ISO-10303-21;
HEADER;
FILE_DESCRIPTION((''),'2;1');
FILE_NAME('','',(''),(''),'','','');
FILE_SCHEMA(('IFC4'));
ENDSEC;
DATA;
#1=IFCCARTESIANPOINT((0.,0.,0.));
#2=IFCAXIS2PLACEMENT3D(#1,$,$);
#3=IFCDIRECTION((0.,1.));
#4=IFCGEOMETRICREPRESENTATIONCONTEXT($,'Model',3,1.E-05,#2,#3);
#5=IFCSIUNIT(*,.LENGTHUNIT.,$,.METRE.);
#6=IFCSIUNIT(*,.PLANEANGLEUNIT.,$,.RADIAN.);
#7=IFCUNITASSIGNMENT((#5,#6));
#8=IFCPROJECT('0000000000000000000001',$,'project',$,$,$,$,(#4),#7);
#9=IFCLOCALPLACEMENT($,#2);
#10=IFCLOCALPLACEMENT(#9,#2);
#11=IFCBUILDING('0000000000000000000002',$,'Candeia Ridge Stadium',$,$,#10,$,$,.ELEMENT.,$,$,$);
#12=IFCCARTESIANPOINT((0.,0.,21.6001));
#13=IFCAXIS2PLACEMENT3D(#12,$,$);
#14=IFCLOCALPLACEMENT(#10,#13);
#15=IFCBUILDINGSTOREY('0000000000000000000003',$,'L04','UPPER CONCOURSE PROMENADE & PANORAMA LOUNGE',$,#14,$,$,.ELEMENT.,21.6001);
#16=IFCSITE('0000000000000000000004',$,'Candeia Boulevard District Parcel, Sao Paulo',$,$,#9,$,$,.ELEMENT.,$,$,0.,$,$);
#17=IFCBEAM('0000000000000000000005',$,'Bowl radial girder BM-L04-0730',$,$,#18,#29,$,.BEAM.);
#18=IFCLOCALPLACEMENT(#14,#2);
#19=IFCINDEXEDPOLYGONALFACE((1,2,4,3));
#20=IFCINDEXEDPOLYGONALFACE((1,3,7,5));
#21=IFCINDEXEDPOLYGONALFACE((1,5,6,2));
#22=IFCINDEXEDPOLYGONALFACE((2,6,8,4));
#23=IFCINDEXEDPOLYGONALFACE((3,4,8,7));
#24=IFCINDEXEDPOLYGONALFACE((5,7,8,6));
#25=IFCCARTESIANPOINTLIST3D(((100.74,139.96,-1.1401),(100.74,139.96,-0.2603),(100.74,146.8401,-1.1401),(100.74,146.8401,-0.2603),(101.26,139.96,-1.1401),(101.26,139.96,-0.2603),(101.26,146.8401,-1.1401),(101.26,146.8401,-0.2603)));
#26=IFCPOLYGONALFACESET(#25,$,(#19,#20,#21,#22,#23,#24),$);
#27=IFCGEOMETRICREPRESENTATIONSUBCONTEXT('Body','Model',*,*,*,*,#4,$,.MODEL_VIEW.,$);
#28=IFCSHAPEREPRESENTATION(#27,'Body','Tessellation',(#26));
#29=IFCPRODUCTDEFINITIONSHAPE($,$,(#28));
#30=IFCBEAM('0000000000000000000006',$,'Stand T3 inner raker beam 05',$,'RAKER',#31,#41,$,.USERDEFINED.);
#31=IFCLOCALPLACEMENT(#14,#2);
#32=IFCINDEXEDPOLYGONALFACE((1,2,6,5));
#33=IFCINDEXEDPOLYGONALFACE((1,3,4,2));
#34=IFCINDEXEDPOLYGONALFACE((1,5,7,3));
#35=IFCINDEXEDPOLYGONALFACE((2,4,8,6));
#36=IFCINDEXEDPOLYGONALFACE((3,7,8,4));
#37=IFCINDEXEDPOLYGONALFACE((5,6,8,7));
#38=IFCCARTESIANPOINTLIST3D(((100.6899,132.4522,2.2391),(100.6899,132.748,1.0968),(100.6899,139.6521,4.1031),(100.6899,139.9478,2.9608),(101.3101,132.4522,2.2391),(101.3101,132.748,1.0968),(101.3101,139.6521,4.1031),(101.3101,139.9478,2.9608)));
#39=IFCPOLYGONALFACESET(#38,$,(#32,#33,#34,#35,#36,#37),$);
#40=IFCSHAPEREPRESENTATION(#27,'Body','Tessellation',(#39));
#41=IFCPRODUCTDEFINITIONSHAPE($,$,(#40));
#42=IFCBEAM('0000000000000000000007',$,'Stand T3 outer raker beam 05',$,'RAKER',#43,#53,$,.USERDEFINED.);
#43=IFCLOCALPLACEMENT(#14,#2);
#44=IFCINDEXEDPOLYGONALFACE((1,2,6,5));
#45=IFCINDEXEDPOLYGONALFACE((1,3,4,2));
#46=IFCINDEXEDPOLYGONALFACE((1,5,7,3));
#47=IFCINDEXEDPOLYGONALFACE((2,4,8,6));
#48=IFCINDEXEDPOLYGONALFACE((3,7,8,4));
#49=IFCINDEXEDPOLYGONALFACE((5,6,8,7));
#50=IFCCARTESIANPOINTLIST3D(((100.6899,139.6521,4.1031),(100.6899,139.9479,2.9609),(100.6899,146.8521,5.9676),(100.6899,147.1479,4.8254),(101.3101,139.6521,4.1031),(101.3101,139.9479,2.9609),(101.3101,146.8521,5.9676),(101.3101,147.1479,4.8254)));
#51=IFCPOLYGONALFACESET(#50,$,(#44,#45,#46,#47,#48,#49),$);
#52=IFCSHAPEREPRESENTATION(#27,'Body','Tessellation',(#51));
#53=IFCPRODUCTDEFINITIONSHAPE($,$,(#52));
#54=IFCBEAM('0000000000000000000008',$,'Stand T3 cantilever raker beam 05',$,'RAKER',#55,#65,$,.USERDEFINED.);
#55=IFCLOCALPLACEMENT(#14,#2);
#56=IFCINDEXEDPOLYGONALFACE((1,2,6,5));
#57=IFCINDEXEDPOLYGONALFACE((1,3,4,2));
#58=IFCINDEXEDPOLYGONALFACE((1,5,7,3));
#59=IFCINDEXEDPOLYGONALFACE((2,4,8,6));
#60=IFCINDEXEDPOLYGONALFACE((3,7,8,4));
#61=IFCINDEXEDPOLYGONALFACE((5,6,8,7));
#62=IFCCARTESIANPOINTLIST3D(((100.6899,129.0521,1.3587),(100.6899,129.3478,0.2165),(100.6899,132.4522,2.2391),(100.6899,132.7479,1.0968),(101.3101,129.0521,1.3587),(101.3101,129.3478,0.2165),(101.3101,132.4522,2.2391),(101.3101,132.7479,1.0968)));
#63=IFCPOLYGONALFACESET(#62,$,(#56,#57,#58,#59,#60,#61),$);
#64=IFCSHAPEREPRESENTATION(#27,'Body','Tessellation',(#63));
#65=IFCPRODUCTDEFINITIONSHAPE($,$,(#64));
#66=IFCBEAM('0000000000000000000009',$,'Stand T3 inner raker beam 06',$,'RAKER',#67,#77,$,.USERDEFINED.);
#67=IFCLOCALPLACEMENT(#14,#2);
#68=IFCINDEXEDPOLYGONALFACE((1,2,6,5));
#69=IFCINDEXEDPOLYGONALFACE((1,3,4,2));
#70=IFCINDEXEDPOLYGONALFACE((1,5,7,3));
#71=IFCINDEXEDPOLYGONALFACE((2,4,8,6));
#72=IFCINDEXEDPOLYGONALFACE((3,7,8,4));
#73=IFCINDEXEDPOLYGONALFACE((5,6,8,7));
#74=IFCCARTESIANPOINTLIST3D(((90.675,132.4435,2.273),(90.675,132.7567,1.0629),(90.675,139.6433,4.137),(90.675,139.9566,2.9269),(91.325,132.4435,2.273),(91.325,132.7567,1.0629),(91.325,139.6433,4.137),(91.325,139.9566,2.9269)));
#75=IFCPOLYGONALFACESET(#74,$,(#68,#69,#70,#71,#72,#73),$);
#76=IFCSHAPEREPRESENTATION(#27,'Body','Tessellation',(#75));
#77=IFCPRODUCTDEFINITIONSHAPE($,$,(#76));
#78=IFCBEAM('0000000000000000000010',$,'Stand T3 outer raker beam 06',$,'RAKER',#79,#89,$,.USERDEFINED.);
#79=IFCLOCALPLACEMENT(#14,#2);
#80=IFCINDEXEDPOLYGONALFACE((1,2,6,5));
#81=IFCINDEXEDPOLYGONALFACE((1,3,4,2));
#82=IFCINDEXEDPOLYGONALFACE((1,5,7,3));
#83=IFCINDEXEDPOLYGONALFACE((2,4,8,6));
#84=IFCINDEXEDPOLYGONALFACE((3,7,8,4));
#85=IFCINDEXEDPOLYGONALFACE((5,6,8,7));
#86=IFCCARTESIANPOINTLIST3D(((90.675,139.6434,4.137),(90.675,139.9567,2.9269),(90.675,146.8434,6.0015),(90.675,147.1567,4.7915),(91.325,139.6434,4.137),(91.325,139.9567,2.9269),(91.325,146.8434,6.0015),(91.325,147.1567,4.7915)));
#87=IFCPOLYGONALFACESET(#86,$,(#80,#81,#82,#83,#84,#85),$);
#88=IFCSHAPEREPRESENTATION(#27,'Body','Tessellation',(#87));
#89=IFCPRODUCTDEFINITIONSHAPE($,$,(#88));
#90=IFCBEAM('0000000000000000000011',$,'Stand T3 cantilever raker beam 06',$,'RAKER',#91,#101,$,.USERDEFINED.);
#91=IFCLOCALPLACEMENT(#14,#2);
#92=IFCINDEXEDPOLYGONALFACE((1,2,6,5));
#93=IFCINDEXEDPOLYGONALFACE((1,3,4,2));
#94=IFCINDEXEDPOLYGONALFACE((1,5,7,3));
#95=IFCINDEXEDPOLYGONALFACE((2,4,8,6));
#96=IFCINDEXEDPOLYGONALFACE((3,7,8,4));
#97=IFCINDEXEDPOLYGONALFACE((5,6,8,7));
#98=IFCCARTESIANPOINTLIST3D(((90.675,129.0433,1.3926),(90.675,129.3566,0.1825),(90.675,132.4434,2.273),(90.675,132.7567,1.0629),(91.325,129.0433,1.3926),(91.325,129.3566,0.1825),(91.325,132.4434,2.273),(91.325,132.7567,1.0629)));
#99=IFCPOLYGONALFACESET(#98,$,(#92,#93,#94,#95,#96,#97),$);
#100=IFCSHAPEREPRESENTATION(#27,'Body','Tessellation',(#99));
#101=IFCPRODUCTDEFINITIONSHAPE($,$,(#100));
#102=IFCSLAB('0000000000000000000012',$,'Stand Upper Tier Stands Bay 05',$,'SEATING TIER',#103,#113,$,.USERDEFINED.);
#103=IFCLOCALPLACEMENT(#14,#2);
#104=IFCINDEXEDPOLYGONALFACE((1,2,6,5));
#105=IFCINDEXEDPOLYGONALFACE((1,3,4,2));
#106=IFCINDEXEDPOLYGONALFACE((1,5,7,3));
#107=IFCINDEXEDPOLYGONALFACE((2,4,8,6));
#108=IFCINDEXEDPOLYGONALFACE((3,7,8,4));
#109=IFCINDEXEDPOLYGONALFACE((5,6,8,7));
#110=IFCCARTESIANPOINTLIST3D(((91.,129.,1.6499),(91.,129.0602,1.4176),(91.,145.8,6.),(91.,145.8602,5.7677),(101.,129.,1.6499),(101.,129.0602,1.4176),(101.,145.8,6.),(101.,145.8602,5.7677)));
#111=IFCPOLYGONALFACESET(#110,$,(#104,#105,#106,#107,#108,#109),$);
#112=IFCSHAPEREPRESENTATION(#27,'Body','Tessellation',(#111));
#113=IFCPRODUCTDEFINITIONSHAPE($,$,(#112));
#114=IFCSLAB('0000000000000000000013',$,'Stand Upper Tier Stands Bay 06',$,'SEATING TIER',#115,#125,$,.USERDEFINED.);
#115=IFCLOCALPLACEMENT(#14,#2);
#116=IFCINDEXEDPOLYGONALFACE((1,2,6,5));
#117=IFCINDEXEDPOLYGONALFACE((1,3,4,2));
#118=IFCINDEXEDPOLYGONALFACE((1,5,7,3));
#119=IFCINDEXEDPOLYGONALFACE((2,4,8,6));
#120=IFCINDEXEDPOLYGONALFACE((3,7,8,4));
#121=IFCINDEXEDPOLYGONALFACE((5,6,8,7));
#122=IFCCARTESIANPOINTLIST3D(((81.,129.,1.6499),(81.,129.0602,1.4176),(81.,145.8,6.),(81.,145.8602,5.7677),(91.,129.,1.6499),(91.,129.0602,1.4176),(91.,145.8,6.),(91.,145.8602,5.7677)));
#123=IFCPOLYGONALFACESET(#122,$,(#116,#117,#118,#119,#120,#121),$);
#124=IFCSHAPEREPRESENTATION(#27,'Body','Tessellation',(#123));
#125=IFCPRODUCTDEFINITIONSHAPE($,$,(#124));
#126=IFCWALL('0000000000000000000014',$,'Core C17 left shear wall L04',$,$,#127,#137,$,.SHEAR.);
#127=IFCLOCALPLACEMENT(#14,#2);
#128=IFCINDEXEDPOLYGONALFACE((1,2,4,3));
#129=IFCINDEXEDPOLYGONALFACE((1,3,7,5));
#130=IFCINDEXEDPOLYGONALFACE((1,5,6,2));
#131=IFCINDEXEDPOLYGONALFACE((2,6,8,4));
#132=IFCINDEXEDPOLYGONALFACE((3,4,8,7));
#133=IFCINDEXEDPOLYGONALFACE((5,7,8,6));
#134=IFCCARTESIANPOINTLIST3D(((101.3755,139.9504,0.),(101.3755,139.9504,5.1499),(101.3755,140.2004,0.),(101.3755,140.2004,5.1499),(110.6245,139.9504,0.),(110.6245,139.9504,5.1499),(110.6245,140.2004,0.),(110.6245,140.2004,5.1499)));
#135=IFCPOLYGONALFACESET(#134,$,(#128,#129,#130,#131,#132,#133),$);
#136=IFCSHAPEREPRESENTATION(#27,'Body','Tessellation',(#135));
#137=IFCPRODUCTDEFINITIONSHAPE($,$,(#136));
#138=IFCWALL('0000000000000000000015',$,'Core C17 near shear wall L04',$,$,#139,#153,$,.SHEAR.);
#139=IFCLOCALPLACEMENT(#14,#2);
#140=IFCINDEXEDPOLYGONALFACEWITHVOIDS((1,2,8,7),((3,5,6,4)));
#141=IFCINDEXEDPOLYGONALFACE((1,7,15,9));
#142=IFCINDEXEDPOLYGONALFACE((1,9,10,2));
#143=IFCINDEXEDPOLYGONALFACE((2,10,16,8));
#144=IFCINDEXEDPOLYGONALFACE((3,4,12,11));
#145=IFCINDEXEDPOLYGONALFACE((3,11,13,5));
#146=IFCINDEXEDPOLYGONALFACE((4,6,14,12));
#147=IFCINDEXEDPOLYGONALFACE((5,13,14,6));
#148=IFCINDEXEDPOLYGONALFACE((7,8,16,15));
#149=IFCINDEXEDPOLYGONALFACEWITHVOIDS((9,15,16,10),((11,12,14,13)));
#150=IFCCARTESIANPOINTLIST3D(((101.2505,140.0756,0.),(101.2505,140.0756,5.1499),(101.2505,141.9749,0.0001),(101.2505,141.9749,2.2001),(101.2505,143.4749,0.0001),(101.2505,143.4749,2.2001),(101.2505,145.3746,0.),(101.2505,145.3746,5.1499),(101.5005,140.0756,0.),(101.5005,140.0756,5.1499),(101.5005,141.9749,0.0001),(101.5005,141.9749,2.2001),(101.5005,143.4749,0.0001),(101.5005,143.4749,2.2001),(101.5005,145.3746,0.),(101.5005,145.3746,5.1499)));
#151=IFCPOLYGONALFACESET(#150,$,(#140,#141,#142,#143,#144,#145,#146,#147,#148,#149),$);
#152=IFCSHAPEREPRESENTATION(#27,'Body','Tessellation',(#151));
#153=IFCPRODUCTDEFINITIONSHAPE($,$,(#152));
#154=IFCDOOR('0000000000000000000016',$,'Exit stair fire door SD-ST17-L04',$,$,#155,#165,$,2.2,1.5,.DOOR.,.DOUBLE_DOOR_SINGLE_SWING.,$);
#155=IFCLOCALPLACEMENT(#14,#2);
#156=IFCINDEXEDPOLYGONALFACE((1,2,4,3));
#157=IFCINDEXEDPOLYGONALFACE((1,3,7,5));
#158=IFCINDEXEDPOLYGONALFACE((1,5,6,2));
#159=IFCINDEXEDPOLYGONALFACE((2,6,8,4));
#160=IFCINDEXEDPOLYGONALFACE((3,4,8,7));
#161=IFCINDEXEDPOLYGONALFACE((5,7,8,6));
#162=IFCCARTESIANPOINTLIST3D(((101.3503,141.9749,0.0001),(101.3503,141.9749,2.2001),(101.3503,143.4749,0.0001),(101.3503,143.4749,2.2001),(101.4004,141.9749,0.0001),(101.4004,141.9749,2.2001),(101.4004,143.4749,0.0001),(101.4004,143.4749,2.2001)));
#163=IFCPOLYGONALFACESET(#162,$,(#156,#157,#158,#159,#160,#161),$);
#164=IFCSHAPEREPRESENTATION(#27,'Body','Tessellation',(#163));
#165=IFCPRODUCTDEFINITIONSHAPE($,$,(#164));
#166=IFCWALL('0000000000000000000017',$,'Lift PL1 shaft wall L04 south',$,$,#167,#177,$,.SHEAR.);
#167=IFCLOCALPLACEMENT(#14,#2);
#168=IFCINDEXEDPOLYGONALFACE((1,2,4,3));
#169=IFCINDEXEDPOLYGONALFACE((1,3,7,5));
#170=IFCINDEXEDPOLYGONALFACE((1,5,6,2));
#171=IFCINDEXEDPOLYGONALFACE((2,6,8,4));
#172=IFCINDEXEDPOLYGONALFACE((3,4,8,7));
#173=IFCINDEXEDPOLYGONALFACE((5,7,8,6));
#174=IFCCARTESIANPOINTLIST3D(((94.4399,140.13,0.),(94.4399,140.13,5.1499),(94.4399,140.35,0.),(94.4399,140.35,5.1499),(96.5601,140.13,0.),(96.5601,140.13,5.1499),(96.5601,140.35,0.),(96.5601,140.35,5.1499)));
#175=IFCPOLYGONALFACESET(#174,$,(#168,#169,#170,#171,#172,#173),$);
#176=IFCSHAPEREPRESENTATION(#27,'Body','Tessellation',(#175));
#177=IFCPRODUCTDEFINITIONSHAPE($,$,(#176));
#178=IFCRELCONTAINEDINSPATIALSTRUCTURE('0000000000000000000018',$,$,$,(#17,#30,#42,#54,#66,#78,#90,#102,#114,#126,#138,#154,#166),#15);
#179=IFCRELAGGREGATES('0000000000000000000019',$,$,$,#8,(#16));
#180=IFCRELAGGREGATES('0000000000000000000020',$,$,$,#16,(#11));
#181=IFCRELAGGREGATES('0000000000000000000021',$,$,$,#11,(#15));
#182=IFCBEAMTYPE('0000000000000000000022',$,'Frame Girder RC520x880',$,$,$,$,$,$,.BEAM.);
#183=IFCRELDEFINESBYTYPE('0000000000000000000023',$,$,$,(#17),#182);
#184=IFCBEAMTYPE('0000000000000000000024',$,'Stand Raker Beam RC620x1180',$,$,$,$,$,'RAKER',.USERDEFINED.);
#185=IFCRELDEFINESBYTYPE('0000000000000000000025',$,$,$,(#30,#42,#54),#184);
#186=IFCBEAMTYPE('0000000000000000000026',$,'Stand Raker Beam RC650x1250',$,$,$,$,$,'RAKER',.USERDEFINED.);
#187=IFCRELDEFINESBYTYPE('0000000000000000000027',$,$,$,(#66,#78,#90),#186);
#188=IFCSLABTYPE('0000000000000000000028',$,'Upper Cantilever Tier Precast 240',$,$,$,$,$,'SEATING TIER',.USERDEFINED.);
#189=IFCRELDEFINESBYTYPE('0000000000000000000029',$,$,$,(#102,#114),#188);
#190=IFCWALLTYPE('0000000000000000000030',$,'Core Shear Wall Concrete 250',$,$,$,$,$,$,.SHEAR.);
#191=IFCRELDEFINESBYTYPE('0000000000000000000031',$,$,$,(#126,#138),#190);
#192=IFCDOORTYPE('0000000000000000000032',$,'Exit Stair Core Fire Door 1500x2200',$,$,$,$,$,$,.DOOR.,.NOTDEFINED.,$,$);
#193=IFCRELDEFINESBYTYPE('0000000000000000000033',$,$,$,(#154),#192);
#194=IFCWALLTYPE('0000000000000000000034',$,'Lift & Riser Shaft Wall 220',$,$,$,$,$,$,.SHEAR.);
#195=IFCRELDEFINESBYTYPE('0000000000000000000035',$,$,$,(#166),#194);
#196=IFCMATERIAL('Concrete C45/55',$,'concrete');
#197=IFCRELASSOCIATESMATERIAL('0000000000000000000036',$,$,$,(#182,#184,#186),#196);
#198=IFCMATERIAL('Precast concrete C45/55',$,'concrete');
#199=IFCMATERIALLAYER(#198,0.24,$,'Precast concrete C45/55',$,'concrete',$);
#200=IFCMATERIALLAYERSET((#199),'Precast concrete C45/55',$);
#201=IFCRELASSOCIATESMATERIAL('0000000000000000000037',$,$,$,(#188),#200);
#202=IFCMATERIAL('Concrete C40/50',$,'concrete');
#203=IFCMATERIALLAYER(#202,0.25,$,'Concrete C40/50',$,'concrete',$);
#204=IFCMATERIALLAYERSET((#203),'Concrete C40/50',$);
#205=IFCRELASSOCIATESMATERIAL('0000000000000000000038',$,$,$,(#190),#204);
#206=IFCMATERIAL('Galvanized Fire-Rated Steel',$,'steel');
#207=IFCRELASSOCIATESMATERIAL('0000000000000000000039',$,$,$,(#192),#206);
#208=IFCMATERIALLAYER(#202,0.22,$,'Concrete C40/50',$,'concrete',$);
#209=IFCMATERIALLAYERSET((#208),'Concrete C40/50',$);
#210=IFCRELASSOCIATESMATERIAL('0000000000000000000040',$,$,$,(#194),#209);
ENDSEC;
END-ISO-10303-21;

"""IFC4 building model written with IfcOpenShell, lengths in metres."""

from ifc_helpers import new_model, si_unit, direction, frame, frame_2d, origin, origin_2d, place, context, subcontext, project, spatial, polyline, rectangle, outline, extrude, material, layer, layer_set, material_profile, profile_set, type_object, element, fill, save


model = new_model("IFC4")

# Units and contexts
model_context = context("Model", 3, precision=1e-05, world=origin(), true_north=direction((0.0, 1.0)))
body_context = subcontext(model_context, "Body", "Model", "MODEL_VIEW")
ifc_project = project(units=[si_unit("LENGTHUNIT", "METRE"), si_unit("PLANEANGLEUNIT", "RADIAN")], contexts=[model_context])

# Site, building, storey
site_placement = place(None, origin())
site = spatial("IfcSite", under=ifc_project, at=site_placement, Name="Candeia Boulevard District Parcel, Sao Paulo", CompositionType="ELEMENT", RefElevation=0.0)
building_placement = place(site_placement, origin())
building = spatial("IfcBuilding", under=site, at=building_placement, Name="Candeia Ridge Stadium", CompositionType="ELEMENT")
storey_placement = place(building_placement, frame((0.0, 0.0, 21.6001)))
storey = spatial("IfcBuildingStorey", under=building, at=storey_placement, Name="L04", Description="UPPER CONCOURSE PROMENADE & PANORAMA LOUNGE", CompositionType="ELEMENT", Elevation=21.6001)

# Shared definitions
ifc_material_1 = material(Name="Concrete C45/55", Category="concrete")

# Beams
ifc_material_2 = material(Name="Concrete C40/50", Category="concrete")
ifc_material_profile_1 = material_profile(ifc_material_1, rectangle(XDim=0.52, YDim=0.8799, at=origin_2d()), Name="RC520x880", Category="concrete")
ifc_profile_set_1 = profile_set([ifc_material_profile_1], Name="Concrete C45/55")
beam_type_1 = type_object("IfcBeamType", Name="Frame Girder RC520x880", PredefinedType="BEAM", material=ifc_profile_set_1)
beam_1_placement = place(storey_placement, frame((101.0, 139.96, -0.7002), z_axis=(0.0, 1.0, 0.0), x_axis=(-1.0, 0.0, 0.0)))
element("IfcBeam", 1, at=beam_1_placement, inside=storey, type_object=beam_type_1, Name="Bowl radial girder BM-L04-0730", PredefinedType="BEAM", context=body_context, shape_type="SweptSolid", body=[
    extrude(rectangle(XDim=0.52, YDim=0.8799, at=origin_2d()), origin(), (0.0, 0.0, 1.0), 6.8801),
])
ifc_material_profile_2 = material_profile(ifc_material_1, rectangle(XDim=0.6201, YDim=1.1799, at=origin_2d()), Name="RC620x1180", Category="concrete")
ifc_profile_set_2 = profile_set([ifc_material_profile_2], Name="Concrete C45/55")
beam_type_2 = type_object("IfcBeamType", Name="Stand Raker Beam RC620x1180", ElementType="RAKER", PredefinedType="USERDEFINED", material=ifc_profile_set_2)
beam_2_placement = place(storey_placement, frame((101.0, 132.6001, 1.668), z_axis=(0.0, 0.968083, 0.250629), x_axis=(-1.0, 0.0, 0.0)))
element("IfcBeam", 2, at=beam_2_placement, inside=storey, type_object=beam_type_2, Name="Stand T3 inner raker beam 05", ObjectType="RAKER", PredefinedType="USERDEFINED", context=body_context, shape_type="SweptSolid", body=[
    extrude(rectangle(XDim=0.6201, YDim=1.1799, at=origin_2d()), origin(), (0.0, 0.0, 1.0), 7.4373),
])
beam_3_placement = place(storey_placement, frame((101.0, 139.8, 3.532), z_axis=(0.0, 0.968067, 0.250691), x_axis=(-1.0, 0.0, 0.0)))
element("IfcBeam", 3, at=beam_3_placement, inside=storey, type_object=beam_type_2, Name="Stand T3 outer raker beam 05", ObjectType="RAKER", PredefinedType="USERDEFINED", context=body_context, shape_type="SweptSolid", body=[
    extrude(rectangle(XDim=0.6201, YDim=1.1799, at=origin_2d()), origin(), (0.0, 0.0, 1.0), 7.4375),
])
beam_4_placement = place(storey_placement, frame((101.0, 129.2, 0.7876), z_axis=(0.0, 0.968076, 0.250656), x_axis=(-1.0, 0.0, 0.0)))
element("IfcBeam", 4, at=beam_4_placement, inside=storey, type_object=beam_type_2, Name="Stand T3 cantilever raker beam 05", ObjectType="RAKER", PredefinedType="USERDEFINED", context=body_context, shape_type="SweptSolid", body=[
    extrude(rectangle(XDim=0.6201, YDim=1.1799, at=origin_2d()), origin(), (0.0, 0.0, 1.0), 3.5122),
])
ifc_material_profile_3 = material_profile(ifc_material_1, rectangle(XDim=0.6499, YDim=1.25, at=origin_2d()), Name="RC650x1250", Category="concrete")
ifc_profile_set_3 = profile_set([ifc_material_profile_3], Name="Concrete C45/55")
beam_type_3 = type_object("IfcBeamType", Name="Stand Raker Beam RC650x1250", ElementType="RAKER", PredefinedType="USERDEFINED", material=ifc_profile_set_3)
beam_5_placement = place(storey_placement, frame((91.0, 132.6001, 1.668), z_axis=(0.0, 0.968083, 0.250629), x_axis=(-1.0, 0.0, 0.0)))
element("IfcBeam", 5, at=beam_5_placement, inside=storey, type_object=beam_type_3, Name="Stand T3 inner raker beam 06", ObjectType="RAKER", PredefinedType="USERDEFINED", context=body_context, shape_type="SweptSolid", body=[
    extrude(rectangle(XDim=0.6499, YDim=1.25, at=origin_2d()), origin(), (0.0, 0.0, 1.0), 7.4373),
])
beam_6_placement = place(storey_placement, frame((91.0, 139.8, 3.532), z_axis=(0.0, 0.968067, 0.250691), x_axis=(-1.0, 0.0, 0.0)))
element("IfcBeam", 6, at=beam_6_placement, inside=storey, type_object=beam_type_3, Name="Stand T3 outer raker beam 06", ObjectType="RAKER", PredefinedType="USERDEFINED", context=body_context, shape_type="SweptSolid", body=[
    extrude(rectangle(XDim=0.6499, YDim=1.25, at=origin_2d()), origin(), (0.0, 0.0, 1.0), 7.4375),
])
beam_7_placement = place(storey_placement, frame((91.0, 129.2, 0.7876), z_axis=(0.0, 0.968076, 0.250656), x_axis=(-1.0, 0.0, 0.0)))
element("IfcBeam", 7, at=beam_7_placement, inside=storey, type_object=beam_type_3, Name="Stand T3 cantilever raker beam 06", ObjectType="RAKER", PredefinedType="USERDEFINED", context=body_context, shape_type="SweptSolid", body=[
    extrude(rectangle(XDim=0.6499, YDim=1.25, at=origin_2d()), origin(), (0.0, 0.0, 1.0), 3.5122),
])

# Slabs
ifc_material_3 = material(Name="Precast concrete C45/55", Category="concrete")
ifc_layer_1 = layer(ifc_material_3, 0.24, Name="Precast concrete C45/55", Category="concrete")
ifc_layer_set_1 = layer_set([ifc_layer_1], Name="Precast concrete C45/55")
slab_type = type_object("IfcSlabType", Name="Upper Cantilever Tier Precast 240", ElementType="SEATING TIER", PredefinedType="USERDEFINED", material=ifc_layer_set_1)
for number, where, z_axis, x_axis, name in (
    (8, (101.0, 129.0, 1.6499), (0.0, -0.250667, 0.968073), (-1.0, 0.0, 0.0), "Stand Upper Tier Stands Bay 05"),
    (9, (91.0, 129.0, 1.6499), (0.0, -0.250667, 0.968073), (-1.0, 0.0, 0.0), "Stand Upper Tier Stands Bay 06"),
):
    element("IfcSlab", number, at=place(storey_placement, frame(where, z_axis=z_axis, x_axis=x_axis)), inside=storey, type_object=slab_type, Name=name, ObjectType="SEATING TIER", PredefinedType="USERDEFINED", context=body_context, shape_type="SweptSolid", body=[
        extrude(outline(polyline([(0.0, 0.0), (10.0, 0.0), (10.0, -17.3541), (0.0, -17.3541), (0.0, 0.0)])), origin(), (0.0, 0.0, -1.0), 0.24),
    ])

# Wall
ifc_layer_2 = layer(ifc_material_2, 0.25, Name="Concrete C40/50", Category="concrete")
ifc_layer_set_2 = layer_set([ifc_layer_2], Name="Concrete C40/50")
wall_type_1 = type_object("IfcWallType", Name="Core Shear Wall Concrete 250", PredefinedType="SHEAR", material=ifc_layer_set_2)
wall_1_placement = place(storey_placement, frame((101.3755, 140.0754, 0.0), z_axis=(0.0, 0.0, 1.0), x_axis=(1.0, 0.0, 0.0)))
element("IfcWall", 10, at=wall_1_placement, inside=storey, type_object=wall_type_1, Name="Core C17 left shear wall L04", PredefinedType="SHEAR", context=body_context, shape_type="SweptSolid", body=[
    extrude(rectangle(XDim=9.249, YDim=0.25, at=frame_2d((4.6245, 0.0))), origin(), (0.0, 0.0, 1.0), 5.1499),
])

# Wall, opening, door
wall_2_placement = place(storey_placement, frame((101.3755, 145.3745, 0.0), z_axis=(0.0, 0.0, 1.0), x_axis=(0.0, -1.0, 0.0)))
wall_2 = element("IfcWall", 11, at=wall_2_placement, inside=storey, type_object=wall_type_1, Name="Core C17 near shear wall L04", PredefinedType="SHEAR", context=body_context, shape_type="SweptSolid", body=[
    extrude(rectangle(XDim=5.2991, YDim=0.25, at=frame_2d((2.6494, 0.0))), origin(), (0.0, 0.0, 1.0), 5.1499),
])
opening_1_placement = place(wall_2_placement, frame((1.8997, 0.0, 0.0)))
opening_1 = element("IfcOpeningElement", 12, at=opening_1_placement, cuts=wall_2, PredefinedType="OPENING", context=body_context, shape_type="SweptSolid", body=[
    extrude(rectangle(XDim=1.5, YDim=2.2, at=frame_2d((0.75, 1.1001))), frame((0.0, 0.135, 0.0), z_axis=(0.0, -1.0, 0.0), x_axis=(1.0, 0.0, 0.0)), (0.0, 0.0, 1.0), 0.27),
])
ifc_material_4 = material(Name="Galvanized Fire-Rated Steel", Category="steel")
door_type_1 = type_object("IfcDoorType", Name="Exit Stair Core Fire Door 1500x2200", OperationType="NOTDEFINED", PredefinedType="DOOR", material=ifc_material_4)
door_1_placement = place(opening_1_placement, origin())
door_1 = element("IfcDoor", 13, at=door_1_placement, inside=storey, type_object=door_type_1, Name="Exit stair fire door SD-ST17-L04", OperationType="DOUBLE_DOOR_SINGLE_SWING", OverallHeight=2.2, OverallWidth=1.5, PredefinedType="DOOR", context=body_context, shape_type="SweptSolid", body=[
    extrude(rectangle(XDim=1.5, YDim=2.2, at=frame_2d((0.75, 1.1001))), frame((0.0, 0.0249, 0.0), z_axis=(0.0, -1.0, 0.0), x_axis=(1.0, 0.0, 0.0)), (0.0, 0.0, 1.0), 0.05),
])
fill(opening_1, door_1)

# Wall
ifc_layer_3 = layer(ifc_material_2, 0.22, Name="Concrete C40/50", Category="concrete")
ifc_layer_set_3 = layer_set([ifc_layer_3], Name="Concrete C40/50")
wall_type_2 = type_object("IfcWallType", Name="Lift & Riser Shaft Wall 220", PredefinedType="SHEAR", material=ifc_layer_set_3)
wall_3_placement = place(storey_placement, frame((94.4399, 140.24, 0.0), z_axis=(0.0, 0.0, 1.0), x_axis=(1.0, 0.0, 0.0)))
element("IfcWall", 14, at=wall_3_placement, inside=storey, type_object=wall_type_2, Name="Lift PL1 shaft wall L04 south", PredefinedType="SHEAR", context=body_context, shape_type="SweptSolid", body=[
    extrude(rectangle(XDim=2.1201, YDim=0.22, at=frame_2d((1.0601, 0.0))), origin(), (0.0, 0.0, 1.0), 5.1499),
])

save(model, "model.ifc")
